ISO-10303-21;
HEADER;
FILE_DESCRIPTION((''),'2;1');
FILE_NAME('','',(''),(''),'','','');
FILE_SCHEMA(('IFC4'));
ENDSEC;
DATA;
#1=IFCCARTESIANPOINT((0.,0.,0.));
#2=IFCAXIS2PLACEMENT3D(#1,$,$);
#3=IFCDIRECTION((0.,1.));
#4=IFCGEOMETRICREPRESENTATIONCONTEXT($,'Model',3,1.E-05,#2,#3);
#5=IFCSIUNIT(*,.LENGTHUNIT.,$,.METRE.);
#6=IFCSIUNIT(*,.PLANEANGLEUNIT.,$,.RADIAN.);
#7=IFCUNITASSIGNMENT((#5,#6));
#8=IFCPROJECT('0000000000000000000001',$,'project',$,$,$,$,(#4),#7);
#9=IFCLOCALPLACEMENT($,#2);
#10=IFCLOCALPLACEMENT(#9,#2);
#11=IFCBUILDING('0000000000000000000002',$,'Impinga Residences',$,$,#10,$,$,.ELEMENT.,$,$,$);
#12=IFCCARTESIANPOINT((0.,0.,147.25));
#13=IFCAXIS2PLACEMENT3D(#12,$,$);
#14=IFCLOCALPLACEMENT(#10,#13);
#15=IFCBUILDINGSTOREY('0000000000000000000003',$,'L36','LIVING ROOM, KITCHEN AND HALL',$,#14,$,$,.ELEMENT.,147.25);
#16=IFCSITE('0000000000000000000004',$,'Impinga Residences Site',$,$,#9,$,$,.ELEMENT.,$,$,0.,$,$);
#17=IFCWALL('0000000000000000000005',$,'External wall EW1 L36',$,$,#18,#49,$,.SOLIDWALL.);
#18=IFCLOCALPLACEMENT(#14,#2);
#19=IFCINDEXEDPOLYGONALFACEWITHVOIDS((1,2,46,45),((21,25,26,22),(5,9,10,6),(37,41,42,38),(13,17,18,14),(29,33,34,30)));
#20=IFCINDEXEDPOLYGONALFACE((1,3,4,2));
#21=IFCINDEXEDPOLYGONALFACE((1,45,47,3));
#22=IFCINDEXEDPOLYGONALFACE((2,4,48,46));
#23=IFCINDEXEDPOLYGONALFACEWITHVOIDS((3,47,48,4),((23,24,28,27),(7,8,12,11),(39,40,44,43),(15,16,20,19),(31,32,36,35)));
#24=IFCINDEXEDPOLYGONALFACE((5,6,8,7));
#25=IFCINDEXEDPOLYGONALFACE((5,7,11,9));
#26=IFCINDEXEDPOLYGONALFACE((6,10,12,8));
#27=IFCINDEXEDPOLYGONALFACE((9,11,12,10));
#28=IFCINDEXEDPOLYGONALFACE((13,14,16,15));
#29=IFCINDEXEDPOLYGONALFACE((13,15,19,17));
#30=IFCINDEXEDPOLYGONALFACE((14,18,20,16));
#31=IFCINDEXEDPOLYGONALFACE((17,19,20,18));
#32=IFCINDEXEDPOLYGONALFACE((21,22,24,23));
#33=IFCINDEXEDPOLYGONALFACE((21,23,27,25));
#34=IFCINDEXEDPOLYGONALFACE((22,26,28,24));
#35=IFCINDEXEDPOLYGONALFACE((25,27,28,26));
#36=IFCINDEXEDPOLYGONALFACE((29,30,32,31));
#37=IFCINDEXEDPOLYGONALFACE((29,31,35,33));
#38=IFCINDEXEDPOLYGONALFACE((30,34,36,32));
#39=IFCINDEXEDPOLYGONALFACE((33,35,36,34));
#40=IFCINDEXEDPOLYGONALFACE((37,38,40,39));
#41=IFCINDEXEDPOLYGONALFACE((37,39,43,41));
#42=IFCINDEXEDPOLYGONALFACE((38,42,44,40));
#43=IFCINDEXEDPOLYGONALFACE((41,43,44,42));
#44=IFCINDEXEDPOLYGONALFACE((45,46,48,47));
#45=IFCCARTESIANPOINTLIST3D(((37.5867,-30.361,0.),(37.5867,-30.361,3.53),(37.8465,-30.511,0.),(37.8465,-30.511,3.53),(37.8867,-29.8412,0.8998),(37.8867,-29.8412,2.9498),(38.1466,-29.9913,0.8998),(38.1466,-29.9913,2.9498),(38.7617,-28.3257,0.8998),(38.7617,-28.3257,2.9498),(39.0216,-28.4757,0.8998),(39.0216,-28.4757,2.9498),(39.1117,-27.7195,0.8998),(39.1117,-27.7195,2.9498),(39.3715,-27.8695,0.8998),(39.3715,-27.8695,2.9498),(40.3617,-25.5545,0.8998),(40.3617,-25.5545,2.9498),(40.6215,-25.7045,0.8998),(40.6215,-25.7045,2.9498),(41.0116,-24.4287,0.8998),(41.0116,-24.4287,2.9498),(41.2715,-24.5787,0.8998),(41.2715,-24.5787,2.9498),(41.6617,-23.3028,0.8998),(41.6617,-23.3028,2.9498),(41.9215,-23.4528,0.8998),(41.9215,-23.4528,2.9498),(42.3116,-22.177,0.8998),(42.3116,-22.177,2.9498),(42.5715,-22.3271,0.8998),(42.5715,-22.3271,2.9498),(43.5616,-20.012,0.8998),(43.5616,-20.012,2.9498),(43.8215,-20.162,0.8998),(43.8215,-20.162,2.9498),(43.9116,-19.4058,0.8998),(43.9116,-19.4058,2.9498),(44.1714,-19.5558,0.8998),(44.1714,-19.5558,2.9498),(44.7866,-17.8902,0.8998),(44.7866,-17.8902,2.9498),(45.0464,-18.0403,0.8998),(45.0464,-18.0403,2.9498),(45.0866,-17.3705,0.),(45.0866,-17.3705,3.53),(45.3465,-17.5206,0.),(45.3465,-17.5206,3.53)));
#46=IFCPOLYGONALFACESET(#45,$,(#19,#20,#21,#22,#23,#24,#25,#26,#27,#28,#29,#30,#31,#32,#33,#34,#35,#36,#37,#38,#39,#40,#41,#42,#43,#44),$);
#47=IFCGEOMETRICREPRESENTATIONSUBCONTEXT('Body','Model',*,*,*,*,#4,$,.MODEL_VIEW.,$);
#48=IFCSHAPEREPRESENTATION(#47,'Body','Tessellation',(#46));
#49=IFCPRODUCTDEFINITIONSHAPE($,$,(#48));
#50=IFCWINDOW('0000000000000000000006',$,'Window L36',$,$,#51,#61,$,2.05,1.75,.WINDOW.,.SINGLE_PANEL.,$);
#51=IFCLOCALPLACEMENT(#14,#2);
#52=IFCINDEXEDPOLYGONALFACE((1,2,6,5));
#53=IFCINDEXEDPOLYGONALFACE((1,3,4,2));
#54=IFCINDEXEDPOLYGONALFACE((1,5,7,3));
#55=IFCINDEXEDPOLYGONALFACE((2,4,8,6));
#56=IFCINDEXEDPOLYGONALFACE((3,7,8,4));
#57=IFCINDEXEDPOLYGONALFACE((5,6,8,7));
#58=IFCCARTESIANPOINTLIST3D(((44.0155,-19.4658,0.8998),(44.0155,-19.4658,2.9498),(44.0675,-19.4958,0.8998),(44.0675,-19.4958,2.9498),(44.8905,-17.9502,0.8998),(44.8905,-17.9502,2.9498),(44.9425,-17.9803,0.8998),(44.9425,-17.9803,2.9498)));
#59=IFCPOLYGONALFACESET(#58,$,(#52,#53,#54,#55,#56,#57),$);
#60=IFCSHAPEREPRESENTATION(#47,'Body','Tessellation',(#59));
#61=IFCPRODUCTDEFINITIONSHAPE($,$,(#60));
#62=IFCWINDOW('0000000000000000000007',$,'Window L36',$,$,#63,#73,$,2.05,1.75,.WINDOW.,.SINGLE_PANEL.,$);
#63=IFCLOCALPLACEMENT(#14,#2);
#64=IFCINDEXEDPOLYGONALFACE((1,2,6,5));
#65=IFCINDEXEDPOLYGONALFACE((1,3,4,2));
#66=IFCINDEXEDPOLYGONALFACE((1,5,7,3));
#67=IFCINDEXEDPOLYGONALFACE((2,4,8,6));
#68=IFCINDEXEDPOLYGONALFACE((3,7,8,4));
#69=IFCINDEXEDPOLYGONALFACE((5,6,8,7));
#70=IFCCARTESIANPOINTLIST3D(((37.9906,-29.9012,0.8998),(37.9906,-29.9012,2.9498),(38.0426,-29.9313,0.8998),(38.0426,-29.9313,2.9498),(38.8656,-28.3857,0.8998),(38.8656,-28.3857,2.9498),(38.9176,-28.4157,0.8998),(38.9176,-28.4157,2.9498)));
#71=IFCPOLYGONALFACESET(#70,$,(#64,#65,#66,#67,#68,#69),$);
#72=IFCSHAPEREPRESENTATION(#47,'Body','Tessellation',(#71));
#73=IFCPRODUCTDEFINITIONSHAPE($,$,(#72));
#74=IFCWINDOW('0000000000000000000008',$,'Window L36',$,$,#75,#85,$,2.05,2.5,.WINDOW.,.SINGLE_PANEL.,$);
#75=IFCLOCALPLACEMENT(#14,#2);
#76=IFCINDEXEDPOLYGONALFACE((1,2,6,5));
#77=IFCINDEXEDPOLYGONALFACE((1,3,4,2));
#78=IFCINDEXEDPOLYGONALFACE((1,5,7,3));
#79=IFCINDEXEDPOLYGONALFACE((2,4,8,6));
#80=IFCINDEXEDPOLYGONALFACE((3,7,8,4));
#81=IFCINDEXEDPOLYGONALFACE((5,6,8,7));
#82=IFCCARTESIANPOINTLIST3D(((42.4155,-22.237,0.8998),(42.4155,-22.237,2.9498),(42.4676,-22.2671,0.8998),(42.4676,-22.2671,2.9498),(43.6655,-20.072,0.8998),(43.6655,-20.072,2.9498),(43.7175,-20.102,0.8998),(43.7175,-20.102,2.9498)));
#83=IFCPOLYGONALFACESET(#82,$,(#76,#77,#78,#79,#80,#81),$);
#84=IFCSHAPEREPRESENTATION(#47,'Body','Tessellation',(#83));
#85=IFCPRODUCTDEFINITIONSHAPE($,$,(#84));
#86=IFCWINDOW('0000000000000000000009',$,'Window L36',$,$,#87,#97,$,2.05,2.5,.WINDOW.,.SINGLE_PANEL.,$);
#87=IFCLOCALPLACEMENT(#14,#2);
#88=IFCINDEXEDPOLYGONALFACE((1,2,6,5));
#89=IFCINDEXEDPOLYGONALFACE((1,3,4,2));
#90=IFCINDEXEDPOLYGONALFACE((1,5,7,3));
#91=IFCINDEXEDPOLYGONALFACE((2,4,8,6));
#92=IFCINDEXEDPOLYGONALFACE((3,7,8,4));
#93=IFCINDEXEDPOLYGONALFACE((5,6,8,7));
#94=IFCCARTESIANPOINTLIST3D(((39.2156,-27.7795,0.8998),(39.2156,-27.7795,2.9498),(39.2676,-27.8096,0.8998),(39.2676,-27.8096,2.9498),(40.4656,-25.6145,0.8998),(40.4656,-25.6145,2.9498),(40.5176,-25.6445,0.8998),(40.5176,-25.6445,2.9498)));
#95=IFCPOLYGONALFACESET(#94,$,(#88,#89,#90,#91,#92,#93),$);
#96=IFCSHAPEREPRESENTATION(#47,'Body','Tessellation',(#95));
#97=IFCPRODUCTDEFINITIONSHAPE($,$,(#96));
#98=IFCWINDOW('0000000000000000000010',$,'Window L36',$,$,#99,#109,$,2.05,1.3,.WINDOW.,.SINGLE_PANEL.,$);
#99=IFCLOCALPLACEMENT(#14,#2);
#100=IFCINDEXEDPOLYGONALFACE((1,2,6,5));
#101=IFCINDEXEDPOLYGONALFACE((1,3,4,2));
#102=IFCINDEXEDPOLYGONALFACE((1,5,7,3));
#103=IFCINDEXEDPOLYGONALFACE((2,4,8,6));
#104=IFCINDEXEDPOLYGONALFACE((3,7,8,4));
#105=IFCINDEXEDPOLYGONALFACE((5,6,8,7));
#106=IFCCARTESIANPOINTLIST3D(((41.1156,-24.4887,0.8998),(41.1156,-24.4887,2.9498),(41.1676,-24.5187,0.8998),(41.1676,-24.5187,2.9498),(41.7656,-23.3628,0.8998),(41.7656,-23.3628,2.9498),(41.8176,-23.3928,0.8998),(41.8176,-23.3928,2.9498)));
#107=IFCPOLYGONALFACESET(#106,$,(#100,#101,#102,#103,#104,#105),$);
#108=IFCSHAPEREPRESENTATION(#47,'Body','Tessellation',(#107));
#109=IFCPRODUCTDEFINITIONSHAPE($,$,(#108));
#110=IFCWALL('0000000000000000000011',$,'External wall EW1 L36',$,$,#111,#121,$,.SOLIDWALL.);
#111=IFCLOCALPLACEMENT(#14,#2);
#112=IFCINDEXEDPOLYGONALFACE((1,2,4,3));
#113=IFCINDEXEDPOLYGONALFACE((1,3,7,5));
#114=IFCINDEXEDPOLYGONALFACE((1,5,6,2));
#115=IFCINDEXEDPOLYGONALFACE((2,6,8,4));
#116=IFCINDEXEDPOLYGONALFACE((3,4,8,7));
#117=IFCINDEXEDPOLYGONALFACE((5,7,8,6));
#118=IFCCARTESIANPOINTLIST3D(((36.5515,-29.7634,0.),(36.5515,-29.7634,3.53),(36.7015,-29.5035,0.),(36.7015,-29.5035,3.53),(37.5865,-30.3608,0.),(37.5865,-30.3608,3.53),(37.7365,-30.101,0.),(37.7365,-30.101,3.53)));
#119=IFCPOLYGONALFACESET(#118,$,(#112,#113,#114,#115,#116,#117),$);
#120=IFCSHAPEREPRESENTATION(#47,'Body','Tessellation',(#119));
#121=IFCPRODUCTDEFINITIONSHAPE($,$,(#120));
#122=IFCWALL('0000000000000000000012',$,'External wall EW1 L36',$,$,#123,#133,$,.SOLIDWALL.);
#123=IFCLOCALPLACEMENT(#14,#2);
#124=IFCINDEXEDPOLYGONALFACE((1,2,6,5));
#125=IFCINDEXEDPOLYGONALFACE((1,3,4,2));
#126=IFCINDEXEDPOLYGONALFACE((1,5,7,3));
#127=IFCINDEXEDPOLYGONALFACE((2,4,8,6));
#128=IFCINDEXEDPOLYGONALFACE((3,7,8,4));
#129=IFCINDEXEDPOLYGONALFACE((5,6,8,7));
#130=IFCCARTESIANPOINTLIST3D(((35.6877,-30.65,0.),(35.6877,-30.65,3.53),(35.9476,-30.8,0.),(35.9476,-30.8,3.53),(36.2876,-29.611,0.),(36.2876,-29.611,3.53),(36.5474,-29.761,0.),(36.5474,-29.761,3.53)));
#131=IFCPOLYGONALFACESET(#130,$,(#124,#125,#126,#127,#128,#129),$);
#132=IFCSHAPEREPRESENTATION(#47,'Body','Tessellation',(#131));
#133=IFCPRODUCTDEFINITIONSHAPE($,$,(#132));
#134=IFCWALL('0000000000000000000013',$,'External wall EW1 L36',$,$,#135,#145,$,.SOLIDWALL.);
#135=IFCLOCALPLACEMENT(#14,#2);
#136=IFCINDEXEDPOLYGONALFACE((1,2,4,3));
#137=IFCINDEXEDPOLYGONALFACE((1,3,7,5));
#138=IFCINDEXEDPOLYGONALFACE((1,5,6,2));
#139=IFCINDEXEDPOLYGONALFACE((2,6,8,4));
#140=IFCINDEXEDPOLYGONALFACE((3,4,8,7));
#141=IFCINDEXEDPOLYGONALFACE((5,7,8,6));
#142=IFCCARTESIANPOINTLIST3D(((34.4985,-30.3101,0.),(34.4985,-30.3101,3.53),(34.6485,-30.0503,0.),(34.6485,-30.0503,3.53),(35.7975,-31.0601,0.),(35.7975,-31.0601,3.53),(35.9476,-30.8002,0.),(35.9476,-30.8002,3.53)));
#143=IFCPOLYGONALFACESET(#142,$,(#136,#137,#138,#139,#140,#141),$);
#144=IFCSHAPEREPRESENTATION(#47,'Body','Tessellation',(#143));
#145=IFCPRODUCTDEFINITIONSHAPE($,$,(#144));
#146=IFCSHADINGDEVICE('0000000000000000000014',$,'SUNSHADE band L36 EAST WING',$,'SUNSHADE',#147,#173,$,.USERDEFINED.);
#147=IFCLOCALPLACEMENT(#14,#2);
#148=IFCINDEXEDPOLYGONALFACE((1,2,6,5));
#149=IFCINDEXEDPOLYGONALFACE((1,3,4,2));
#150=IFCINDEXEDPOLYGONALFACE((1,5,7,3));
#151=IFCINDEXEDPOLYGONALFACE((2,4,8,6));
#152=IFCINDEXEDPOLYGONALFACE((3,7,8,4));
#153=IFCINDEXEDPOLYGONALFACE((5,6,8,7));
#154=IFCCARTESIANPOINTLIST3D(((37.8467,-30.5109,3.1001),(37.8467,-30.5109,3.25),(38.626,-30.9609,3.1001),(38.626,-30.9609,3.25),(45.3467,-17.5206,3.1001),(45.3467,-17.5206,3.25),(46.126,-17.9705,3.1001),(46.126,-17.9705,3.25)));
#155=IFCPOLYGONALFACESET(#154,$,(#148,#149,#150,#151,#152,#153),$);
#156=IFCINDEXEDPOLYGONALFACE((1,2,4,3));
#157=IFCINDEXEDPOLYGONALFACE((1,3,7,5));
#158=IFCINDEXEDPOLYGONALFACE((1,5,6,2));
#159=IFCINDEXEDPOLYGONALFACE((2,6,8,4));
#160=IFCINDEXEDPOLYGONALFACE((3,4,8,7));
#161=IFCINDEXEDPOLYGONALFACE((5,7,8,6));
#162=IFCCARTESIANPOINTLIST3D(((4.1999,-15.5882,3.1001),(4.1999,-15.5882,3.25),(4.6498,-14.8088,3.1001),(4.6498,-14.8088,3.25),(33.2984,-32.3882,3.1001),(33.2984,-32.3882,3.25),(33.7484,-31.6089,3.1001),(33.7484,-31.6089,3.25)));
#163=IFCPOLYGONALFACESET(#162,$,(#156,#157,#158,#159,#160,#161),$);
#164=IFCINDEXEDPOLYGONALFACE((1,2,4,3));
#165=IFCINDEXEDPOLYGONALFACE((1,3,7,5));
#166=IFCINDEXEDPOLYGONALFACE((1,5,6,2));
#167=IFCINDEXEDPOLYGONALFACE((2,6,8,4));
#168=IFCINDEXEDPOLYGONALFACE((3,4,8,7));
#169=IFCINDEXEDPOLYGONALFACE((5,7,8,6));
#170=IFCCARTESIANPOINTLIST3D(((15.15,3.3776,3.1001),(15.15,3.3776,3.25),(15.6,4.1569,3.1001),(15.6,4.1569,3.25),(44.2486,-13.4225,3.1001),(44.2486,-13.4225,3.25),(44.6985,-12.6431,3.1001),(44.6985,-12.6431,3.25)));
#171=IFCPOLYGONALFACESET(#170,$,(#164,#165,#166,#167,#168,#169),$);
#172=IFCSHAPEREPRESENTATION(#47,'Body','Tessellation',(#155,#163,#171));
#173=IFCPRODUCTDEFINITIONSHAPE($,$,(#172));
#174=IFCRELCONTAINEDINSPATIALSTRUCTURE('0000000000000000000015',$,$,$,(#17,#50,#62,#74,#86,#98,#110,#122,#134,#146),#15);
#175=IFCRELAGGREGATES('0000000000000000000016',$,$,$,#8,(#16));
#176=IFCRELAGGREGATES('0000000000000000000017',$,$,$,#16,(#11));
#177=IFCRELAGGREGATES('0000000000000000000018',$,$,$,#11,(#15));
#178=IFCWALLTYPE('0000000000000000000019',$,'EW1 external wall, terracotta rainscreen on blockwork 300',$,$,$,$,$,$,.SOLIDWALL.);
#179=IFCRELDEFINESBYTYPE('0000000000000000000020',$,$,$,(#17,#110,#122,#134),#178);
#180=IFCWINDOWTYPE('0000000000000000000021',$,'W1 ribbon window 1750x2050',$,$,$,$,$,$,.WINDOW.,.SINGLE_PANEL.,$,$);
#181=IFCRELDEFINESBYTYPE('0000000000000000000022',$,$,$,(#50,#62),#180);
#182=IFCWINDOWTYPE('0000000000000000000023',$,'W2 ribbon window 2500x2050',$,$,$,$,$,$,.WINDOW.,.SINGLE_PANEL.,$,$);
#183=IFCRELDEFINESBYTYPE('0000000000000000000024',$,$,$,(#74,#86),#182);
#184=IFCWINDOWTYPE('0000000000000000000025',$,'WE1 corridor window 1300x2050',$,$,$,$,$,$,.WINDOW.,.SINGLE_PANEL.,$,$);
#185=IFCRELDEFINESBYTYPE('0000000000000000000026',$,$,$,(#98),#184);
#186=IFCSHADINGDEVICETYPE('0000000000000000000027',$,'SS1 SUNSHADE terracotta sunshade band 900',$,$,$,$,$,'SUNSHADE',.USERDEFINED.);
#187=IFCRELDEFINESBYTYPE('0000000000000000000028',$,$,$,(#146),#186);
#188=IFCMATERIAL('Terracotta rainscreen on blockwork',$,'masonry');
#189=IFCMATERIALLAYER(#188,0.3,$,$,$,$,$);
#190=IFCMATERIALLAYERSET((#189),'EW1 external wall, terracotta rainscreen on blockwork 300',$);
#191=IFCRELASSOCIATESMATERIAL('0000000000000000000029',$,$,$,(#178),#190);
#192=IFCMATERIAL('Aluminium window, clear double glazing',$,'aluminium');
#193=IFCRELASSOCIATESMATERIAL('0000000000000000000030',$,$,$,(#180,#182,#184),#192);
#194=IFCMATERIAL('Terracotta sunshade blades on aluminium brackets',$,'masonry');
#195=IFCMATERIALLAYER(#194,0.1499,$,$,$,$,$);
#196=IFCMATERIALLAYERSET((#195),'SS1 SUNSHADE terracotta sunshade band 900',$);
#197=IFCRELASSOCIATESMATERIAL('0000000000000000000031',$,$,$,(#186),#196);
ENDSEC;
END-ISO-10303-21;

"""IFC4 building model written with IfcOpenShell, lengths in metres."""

from ifc_helpers import new_model, si_unit, direction, frame, frame_2d, origin, origin_2d, place, context, subcontext, project, spatial, rectangle, extrude, material, layer, layer_set, type_object, element, fill, save


model = new_model("IFC4")

# Units and contexts
model_context = context("Model", 3, precision=1e-05, world=origin(), true_north=direction((0.0, 1.0)))
body_context = subcontext(model_context, "Body", "Model", "MODEL_VIEW")
ifc_project = project(units=[si_unit("LENGTHUNIT", "METRE"), si_unit("PLANEANGLEUNIT", "RADIAN")], contexts=[model_context])

# Site, building, storey
site_placement = place(None, origin())
site = spatial("IfcSite", under=ifc_project, at=site_placement, Name="Impinga Residences Site", CompositionType="ELEMENT", RefElevation=0.0)
building_placement = place(site_placement, origin())
building = spatial("IfcBuilding", under=site, at=building_placement, Name="Impinga Residences", CompositionType="ELEMENT")
storey_placement = place(building_placement, frame((0.0, 0.0, 147.25)))
storey = spatial("IfcBuildingStorey", under=building, at=storey_placement, Name="L36", Description="LIVING ROOM, KITCHEN AND HALL", CompositionType="ELEMENT", Elevation=147.25)

# Shared definitions
ifc_material_1 = material(Name="Terracotta rainscreen on blockwork", Category="masonry")
ifc_layer_1 = layer(ifc_material_1, 0.3)
ifc_layer_set_1 = layer_set([ifc_layer_1], Name="EW1 external wall, terracotta rainscreen on blockwork 300")
wall_type = type_object("IfcWallType", Name="EW1 external wall, terracotta rainscreen on blockwork 300", PredefinedType="SOLIDWALL", material=ifc_layer_set_1)

# Wall, openings, windows
wall_1_placement = place(storey_placement, frame((45.2166, -17.4456, 0.0), z_axis=(0.0, 0.0, 1.0), x_axis=(-0.499997, -0.866027, 0.0)))
wall_1 = element("IfcWall", 1, at=wall_1_placement, inside=storey, type_object=wall_type, Name="External wall EW1 L36", PredefinedType="SOLIDWALL", context=body_context, shape_type="SweptSolid", body=[
    extrude(rectangle(XDim=15.0, YDim=0.3, at=frame_2d((7.5, 0.0))), origin(), (0.0, 0.0, 1.0), 3.53),
])
opening_1_placement = place(wall_1_placement, frame((0.6001, 0.0, 0.8999)))
opening_1 = element("IfcOpeningElement", 2, at=opening_1_placement, cuts=wall_1, PredefinedType="OPENING", context=body_context, shape_type="SweptSolid", body=[
    extrude(rectangle(XDim=1.75, YDim=2.05, at=frame_2d((0.875, 1.0249))), frame((0.0, 0.1599, 0.0), z_axis=(0.0, -1.0, 0.0), x_axis=(1.0, 0.0, 0.0)), (0.0, 0.0, 1.0), 0.3201),
])
opening_2_placement = place(wall_1_placement, frame((3.05, 0.0, 0.8999)))
opening_2 = element("IfcOpeningElement", 3, at=opening_2_placement, cuts=wall_1, PredefinedType="OPENING", context=body_context, shape_type="SweptSolid", body=[
    extrude(rectangle(XDim=2.5, YDim=2.05, at=frame_2d((1.25, 1.0249))), frame((0.0, 0.1599, 0.0), z_axis=(0.0, -1.0, 0.0), x_axis=(1.0, 0.0, 0.0)), (0.0, 0.0, 1.0), 0.3201),
])
opening_3_placement = place(wall_1_placement, frame((6.8501, 0.0, 0.8999)))
opening_3 = element("IfcOpeningElement", 4, at=opening_3_placement, cuts=wall_1, PredefinedType="OPENING", context=body_context, shape_type="SweptSolid", body=[
    extrude(rectangle(XDim=1.3, YDim=2.05, at=frame_2d((0.6499, 1.0249))), frame((0.0, 0.1599, 0.0), z_axis=(0.0, -1.0, 0.0), x_axis=(1.0, 0.0, 0.0)), (0.0, 0.0, 1.0), 0.3201),
])
opening_4_placement = place(wall_1_placement, frame((9.45, 0.0, 0.8999)))
opening_4 = element("IfcOpeningElement", 5, at=opening_4_placement, cuts=wall_1, PredefinedType="OPENING", context=body_context, shape_type="SweptSolid", body=[
    extrude(rectangle(XDim=2.5, YDim=2.05, at=frame_2d((1.25, 1.0249))), frame((0.0, 0.1599, 0.0), z_axis=(0.0, -1.0, 0.0), x_axis=(1.0, 0.0, 0.0)), (0.0, 0.0, 1.0), 0.3201),
])
opening_5_placement = place(wall_1_placement, frame((12.6499, 0.0, 0.8999)))
opening_5 = element("IfcOpeningElement", 6, at=opening_5_placement, cuts=wall_1, PredefinedType="OPENING", context=body_context, shape_type="SweptSolid", body=[
    extrude(rectangle(XDim=1.75, YDim=2.05, at=frame_2d((0.875, 1.0249))), frame((0.0, 0.1599, 0.0), z_axis=(0.0, -1.0, 0.0), x_axis=(1.0, 0.0, 0.0)), (0.0, 0.0, 1.0), 0.3201),
])
ifc_material_2 = material(Name="Aluminium window, clear double glazing", Category="aluminium")
window_type_1 = type_object("IfcWindowType", Name="W1 ribbon window 1750x2050", PartitioningType="SINGLE_PANEL", PredefinedType="WINDOW", material=ifc_material_2)
window_1_placement = place(opening_1_placement, origin())
window_1 = element("IfcWindow", 7, at=window_1_placement, inside=storey, type_object=window_type_1, Name="Window L36", OverallHeight=2.05, OverallWidth=1.75, PartitioningType="SINGLE_PANEL", PredefinedType="WINDOW", context=body_context, shape_type="SweptSolid", body=[
    extrude(rectangle(XDim=1.75, YDim=2.05, at=frame_2d((0.875, 1.0249))), frame((0.0, 0.03, 0.0), z_axis=(0.0, -1.0, 0.0), x_axis=(1.0, 0.0, 0.0)), (0.0, 0.0, 1.0), 0.0601),
])
fill(opening_1, window_1)
window_2_placement = place(opening_5_placement, origin())
window_2 = element("IfcWindow", 8, at=window_2_placement, inside=storey, type_object=window_type_1, Name="Window L36", OverallHeight=2.05, OverallWidth=1.75, PartitioningType="SINGLE_PANEL", PredefinedType="WINDOW", context=body_context, shape_type="SweptSolid", body=[
    extrude(rectangle(XDim=1.75, YDim=2.05, at=frame_2d((0.875, 1.0249))), frame((0.0, 0.03, 0.0), z_axis=(0.0, -1.0, 0.0), x_axis=(1.0, 0.0, 0.0)), (0.0, 0.0, 1.0), 0.0601),
])
fill(opening_5, window_2)
window_type_2 = type_object("IfcWindowType", Name="W2 ribbon window 2500x2050", PartitioningType="SINGLE_PANEL", PredefinedType="WINDOW", material=ifc_material_2)
window_3_placement = place(opening_2_placement, origin())
window_3 = element("IfcWindow", 9, at=window_3_placement, inside=storey, type_object=window_type_2, Name="Window L36", OverallHeight=2.05, OverallWidth=2.5, PartitioningType="SINGLE_PANEL", PredefinedType="WINDOW", context=body_context, shape_type="SweptSolid", body=[
    extrude(rectangle(XDim=2.5, YDim=2.05, at=frame_2d((1.25, 1.0249))), frame((0.0, 0.03, 0.0), z_axis=(0.0, -1.0, 0.0), x_axis=(1.0, 0.0, 0.0)), (0.0, 0.0, 1.0), 0.0601),
])
fill(opening_2, window_3)
window_4_placement = place(opening_4_placement, origin())
window_4 = element("IfcWindow", 10, at=window_4_placement, inside=storey, type_object=window_type_2, Name="Window L36", OverallHeight=2.05, OverallWidth=2.5, PartitioningType="SINGLE_PANEL", PredefinedType="WINDOW", context=body_context, shape_type="SweptSolid", body=[
    extrude(rectangle(XDim=2.5, YDim=2.05, at=frame_2d((1.25, 1.0249))), frame((0.0, 0.03, 0.0), z_axis=(0.0, -1.0, 0.0), x_axis=(1.0, 0.0, 0.0)), (0.0, 0.0, 1.0), 0.0601),
])
fill(opening_4, window_4)
window_type_3 = type_object("IfcWindowType", Name="WE1 corridor window 1300x2050", PartitioningType="SINGLE_PANEL", PredefinedType="WINDOW", material=ifc_material_2)
window_5_placement = place(opening_3_placement, origin())
window_5 = element("IfcWindow", 11, at=window_5_placement, inside=storey, type_object=window_type_3, Name="Window L36", OverallHeight=2.05, OverallWidth=1.3, PartitioningType="SINGLE_PANEL", PredefinedType="WINDOW", context=body_context, shape_type="SweptSolid", body=[
    extrude(rectangle(XDim=1.3, YDim=2.05, at=frame_2d((0.6499, 1.0249))), frame((0.0, 0.03, 0.0), z_axis=(0.0, -1.0, 0.0), x_axis=(1.0, 0.0, 0.0)), (0.0, 0.0, 1.0), 0.0601),
])
fill(opening_3, window_5)

# Walls
wall_2_placement = place(storey_placement, frame((37.6616, -30.231, 0.0), z_axis=(0.0, 0.0, 1.0), x_axis=(-0.86606, 0.499941, 0.0)))
element("IfcWall", 12, at=wall_2_placement, inside=storey, type_object=wall_type, Name="External wall EW1 L36", PredefinedType="SOLIDWALL", context=body_context, shape_type="SweptSolid", body=[
    extrude(rectangle(XDim=1.1951, YDim=0.3, at=frame_2d((0.5977, 0.0))), origin(), (0.0, 0.0, 1.0), 3.53),
])
wall_3_placement = place(storey_placement, frame((36.4175, -29.686, 0.0), z_axis=(0.0, 0.0, 1.0), x_axis=(-0.499969, -0.866043, 0.0)))
element("IfcWall", 13, at=wall_3_placement, inside=storey, type_object=wall_type, Name="External wall EW1 L36", PredefinedType="SOLIDWALL", context=body_context, shape_type="SweptSolid", body=[
    extrude(rectangle(XDim=1.1997, YDim=0.3, at=frame_2d((0.5999, 0.0))), origin(), (0.0, 0.0, 1.0), 3.53),
])
wall_4_placement = place(storey_placement, frame((35.8726, -30.9302, 0.0), z_axis=(0.0, 0.0, 1.0), x_axis=(-0.866031, 0.49999, 0.0)))
element("IfcWall", 14, at=wall_4_placement, inside=storey, type_object=wall_type, Name="External wall EW1 L36", PredefinedType="SOLIDWALL", context=body_context, shape_type="SweptSolid", body=[
    extrude(rectangle(XDim=1.5, YDim=0.3, at=frame_2d((0.75, 0.0))), origin(), (0.0, 0.0, 1.0), 3.53),
])

# Shading device
ifc_material_3 = material(Name="Terracotta sunshade blades on aluminium brackets", Category="masonry")
ifc_layer_2 = layer(ifc_material_3, 0.1499)
ifc_layer_set_2 = layer_set([ifc_layer_2], Name="SS1 SUNSHADE terracotta sunshade band 900")
shading_device_type = type_object("IfcShadingDeviceType", Name="SS1 SUNSHADE terracotta sunshade band 900", ElementType="SUNSHADE", PredefinedType="USERDEFINED", material=ifc_layer_set_2)
shading_device_placement = place(storey_placement, frame((41.9863, -24.2407, 3.1001), z_axis=(0.0, 0.0, 1.0), x_axis=(-0.5, -0.866025, 0.0)))
element("IfcShadingDevice", 15, at=shading_device_placement, inside=storey, type_object=shading_device_type, Name="SUNSHADE band L36 EAST WING", ObjectType="SUNSHADE", PredefinedType="USERDEFINED", context=body_context, shape_type="SweptSolid", body=[
    extrude(rectangle(XDim=15.0, YDim=0.8999, at=origin_2d()), origin(), (0.0, 0.0, 1.0), 0.1499),
    extrude(rectangle(XDim=33.6001, YDim=0.8999, at=origin_2d()), frame((10.95, -20.2502, 0.0), z_axis=(0.0, 0.0, 1.0), x_axis=(0.0, -1.0, 0.0)), (0.0, 0.0, 1.0), 0.1499),
    extrude(rectangle(XDim=33.6001, YDim=0.8999, at=origin_2d()), frame((-10.95, -20.25, 0.0), z_axis=(0.0, 0.0, 1.0), x_axis=(0.0, 1.0, 0.0)), (0.0, 0.0, 1.0), 0.1499),
])

save(model, "model.ifc")
